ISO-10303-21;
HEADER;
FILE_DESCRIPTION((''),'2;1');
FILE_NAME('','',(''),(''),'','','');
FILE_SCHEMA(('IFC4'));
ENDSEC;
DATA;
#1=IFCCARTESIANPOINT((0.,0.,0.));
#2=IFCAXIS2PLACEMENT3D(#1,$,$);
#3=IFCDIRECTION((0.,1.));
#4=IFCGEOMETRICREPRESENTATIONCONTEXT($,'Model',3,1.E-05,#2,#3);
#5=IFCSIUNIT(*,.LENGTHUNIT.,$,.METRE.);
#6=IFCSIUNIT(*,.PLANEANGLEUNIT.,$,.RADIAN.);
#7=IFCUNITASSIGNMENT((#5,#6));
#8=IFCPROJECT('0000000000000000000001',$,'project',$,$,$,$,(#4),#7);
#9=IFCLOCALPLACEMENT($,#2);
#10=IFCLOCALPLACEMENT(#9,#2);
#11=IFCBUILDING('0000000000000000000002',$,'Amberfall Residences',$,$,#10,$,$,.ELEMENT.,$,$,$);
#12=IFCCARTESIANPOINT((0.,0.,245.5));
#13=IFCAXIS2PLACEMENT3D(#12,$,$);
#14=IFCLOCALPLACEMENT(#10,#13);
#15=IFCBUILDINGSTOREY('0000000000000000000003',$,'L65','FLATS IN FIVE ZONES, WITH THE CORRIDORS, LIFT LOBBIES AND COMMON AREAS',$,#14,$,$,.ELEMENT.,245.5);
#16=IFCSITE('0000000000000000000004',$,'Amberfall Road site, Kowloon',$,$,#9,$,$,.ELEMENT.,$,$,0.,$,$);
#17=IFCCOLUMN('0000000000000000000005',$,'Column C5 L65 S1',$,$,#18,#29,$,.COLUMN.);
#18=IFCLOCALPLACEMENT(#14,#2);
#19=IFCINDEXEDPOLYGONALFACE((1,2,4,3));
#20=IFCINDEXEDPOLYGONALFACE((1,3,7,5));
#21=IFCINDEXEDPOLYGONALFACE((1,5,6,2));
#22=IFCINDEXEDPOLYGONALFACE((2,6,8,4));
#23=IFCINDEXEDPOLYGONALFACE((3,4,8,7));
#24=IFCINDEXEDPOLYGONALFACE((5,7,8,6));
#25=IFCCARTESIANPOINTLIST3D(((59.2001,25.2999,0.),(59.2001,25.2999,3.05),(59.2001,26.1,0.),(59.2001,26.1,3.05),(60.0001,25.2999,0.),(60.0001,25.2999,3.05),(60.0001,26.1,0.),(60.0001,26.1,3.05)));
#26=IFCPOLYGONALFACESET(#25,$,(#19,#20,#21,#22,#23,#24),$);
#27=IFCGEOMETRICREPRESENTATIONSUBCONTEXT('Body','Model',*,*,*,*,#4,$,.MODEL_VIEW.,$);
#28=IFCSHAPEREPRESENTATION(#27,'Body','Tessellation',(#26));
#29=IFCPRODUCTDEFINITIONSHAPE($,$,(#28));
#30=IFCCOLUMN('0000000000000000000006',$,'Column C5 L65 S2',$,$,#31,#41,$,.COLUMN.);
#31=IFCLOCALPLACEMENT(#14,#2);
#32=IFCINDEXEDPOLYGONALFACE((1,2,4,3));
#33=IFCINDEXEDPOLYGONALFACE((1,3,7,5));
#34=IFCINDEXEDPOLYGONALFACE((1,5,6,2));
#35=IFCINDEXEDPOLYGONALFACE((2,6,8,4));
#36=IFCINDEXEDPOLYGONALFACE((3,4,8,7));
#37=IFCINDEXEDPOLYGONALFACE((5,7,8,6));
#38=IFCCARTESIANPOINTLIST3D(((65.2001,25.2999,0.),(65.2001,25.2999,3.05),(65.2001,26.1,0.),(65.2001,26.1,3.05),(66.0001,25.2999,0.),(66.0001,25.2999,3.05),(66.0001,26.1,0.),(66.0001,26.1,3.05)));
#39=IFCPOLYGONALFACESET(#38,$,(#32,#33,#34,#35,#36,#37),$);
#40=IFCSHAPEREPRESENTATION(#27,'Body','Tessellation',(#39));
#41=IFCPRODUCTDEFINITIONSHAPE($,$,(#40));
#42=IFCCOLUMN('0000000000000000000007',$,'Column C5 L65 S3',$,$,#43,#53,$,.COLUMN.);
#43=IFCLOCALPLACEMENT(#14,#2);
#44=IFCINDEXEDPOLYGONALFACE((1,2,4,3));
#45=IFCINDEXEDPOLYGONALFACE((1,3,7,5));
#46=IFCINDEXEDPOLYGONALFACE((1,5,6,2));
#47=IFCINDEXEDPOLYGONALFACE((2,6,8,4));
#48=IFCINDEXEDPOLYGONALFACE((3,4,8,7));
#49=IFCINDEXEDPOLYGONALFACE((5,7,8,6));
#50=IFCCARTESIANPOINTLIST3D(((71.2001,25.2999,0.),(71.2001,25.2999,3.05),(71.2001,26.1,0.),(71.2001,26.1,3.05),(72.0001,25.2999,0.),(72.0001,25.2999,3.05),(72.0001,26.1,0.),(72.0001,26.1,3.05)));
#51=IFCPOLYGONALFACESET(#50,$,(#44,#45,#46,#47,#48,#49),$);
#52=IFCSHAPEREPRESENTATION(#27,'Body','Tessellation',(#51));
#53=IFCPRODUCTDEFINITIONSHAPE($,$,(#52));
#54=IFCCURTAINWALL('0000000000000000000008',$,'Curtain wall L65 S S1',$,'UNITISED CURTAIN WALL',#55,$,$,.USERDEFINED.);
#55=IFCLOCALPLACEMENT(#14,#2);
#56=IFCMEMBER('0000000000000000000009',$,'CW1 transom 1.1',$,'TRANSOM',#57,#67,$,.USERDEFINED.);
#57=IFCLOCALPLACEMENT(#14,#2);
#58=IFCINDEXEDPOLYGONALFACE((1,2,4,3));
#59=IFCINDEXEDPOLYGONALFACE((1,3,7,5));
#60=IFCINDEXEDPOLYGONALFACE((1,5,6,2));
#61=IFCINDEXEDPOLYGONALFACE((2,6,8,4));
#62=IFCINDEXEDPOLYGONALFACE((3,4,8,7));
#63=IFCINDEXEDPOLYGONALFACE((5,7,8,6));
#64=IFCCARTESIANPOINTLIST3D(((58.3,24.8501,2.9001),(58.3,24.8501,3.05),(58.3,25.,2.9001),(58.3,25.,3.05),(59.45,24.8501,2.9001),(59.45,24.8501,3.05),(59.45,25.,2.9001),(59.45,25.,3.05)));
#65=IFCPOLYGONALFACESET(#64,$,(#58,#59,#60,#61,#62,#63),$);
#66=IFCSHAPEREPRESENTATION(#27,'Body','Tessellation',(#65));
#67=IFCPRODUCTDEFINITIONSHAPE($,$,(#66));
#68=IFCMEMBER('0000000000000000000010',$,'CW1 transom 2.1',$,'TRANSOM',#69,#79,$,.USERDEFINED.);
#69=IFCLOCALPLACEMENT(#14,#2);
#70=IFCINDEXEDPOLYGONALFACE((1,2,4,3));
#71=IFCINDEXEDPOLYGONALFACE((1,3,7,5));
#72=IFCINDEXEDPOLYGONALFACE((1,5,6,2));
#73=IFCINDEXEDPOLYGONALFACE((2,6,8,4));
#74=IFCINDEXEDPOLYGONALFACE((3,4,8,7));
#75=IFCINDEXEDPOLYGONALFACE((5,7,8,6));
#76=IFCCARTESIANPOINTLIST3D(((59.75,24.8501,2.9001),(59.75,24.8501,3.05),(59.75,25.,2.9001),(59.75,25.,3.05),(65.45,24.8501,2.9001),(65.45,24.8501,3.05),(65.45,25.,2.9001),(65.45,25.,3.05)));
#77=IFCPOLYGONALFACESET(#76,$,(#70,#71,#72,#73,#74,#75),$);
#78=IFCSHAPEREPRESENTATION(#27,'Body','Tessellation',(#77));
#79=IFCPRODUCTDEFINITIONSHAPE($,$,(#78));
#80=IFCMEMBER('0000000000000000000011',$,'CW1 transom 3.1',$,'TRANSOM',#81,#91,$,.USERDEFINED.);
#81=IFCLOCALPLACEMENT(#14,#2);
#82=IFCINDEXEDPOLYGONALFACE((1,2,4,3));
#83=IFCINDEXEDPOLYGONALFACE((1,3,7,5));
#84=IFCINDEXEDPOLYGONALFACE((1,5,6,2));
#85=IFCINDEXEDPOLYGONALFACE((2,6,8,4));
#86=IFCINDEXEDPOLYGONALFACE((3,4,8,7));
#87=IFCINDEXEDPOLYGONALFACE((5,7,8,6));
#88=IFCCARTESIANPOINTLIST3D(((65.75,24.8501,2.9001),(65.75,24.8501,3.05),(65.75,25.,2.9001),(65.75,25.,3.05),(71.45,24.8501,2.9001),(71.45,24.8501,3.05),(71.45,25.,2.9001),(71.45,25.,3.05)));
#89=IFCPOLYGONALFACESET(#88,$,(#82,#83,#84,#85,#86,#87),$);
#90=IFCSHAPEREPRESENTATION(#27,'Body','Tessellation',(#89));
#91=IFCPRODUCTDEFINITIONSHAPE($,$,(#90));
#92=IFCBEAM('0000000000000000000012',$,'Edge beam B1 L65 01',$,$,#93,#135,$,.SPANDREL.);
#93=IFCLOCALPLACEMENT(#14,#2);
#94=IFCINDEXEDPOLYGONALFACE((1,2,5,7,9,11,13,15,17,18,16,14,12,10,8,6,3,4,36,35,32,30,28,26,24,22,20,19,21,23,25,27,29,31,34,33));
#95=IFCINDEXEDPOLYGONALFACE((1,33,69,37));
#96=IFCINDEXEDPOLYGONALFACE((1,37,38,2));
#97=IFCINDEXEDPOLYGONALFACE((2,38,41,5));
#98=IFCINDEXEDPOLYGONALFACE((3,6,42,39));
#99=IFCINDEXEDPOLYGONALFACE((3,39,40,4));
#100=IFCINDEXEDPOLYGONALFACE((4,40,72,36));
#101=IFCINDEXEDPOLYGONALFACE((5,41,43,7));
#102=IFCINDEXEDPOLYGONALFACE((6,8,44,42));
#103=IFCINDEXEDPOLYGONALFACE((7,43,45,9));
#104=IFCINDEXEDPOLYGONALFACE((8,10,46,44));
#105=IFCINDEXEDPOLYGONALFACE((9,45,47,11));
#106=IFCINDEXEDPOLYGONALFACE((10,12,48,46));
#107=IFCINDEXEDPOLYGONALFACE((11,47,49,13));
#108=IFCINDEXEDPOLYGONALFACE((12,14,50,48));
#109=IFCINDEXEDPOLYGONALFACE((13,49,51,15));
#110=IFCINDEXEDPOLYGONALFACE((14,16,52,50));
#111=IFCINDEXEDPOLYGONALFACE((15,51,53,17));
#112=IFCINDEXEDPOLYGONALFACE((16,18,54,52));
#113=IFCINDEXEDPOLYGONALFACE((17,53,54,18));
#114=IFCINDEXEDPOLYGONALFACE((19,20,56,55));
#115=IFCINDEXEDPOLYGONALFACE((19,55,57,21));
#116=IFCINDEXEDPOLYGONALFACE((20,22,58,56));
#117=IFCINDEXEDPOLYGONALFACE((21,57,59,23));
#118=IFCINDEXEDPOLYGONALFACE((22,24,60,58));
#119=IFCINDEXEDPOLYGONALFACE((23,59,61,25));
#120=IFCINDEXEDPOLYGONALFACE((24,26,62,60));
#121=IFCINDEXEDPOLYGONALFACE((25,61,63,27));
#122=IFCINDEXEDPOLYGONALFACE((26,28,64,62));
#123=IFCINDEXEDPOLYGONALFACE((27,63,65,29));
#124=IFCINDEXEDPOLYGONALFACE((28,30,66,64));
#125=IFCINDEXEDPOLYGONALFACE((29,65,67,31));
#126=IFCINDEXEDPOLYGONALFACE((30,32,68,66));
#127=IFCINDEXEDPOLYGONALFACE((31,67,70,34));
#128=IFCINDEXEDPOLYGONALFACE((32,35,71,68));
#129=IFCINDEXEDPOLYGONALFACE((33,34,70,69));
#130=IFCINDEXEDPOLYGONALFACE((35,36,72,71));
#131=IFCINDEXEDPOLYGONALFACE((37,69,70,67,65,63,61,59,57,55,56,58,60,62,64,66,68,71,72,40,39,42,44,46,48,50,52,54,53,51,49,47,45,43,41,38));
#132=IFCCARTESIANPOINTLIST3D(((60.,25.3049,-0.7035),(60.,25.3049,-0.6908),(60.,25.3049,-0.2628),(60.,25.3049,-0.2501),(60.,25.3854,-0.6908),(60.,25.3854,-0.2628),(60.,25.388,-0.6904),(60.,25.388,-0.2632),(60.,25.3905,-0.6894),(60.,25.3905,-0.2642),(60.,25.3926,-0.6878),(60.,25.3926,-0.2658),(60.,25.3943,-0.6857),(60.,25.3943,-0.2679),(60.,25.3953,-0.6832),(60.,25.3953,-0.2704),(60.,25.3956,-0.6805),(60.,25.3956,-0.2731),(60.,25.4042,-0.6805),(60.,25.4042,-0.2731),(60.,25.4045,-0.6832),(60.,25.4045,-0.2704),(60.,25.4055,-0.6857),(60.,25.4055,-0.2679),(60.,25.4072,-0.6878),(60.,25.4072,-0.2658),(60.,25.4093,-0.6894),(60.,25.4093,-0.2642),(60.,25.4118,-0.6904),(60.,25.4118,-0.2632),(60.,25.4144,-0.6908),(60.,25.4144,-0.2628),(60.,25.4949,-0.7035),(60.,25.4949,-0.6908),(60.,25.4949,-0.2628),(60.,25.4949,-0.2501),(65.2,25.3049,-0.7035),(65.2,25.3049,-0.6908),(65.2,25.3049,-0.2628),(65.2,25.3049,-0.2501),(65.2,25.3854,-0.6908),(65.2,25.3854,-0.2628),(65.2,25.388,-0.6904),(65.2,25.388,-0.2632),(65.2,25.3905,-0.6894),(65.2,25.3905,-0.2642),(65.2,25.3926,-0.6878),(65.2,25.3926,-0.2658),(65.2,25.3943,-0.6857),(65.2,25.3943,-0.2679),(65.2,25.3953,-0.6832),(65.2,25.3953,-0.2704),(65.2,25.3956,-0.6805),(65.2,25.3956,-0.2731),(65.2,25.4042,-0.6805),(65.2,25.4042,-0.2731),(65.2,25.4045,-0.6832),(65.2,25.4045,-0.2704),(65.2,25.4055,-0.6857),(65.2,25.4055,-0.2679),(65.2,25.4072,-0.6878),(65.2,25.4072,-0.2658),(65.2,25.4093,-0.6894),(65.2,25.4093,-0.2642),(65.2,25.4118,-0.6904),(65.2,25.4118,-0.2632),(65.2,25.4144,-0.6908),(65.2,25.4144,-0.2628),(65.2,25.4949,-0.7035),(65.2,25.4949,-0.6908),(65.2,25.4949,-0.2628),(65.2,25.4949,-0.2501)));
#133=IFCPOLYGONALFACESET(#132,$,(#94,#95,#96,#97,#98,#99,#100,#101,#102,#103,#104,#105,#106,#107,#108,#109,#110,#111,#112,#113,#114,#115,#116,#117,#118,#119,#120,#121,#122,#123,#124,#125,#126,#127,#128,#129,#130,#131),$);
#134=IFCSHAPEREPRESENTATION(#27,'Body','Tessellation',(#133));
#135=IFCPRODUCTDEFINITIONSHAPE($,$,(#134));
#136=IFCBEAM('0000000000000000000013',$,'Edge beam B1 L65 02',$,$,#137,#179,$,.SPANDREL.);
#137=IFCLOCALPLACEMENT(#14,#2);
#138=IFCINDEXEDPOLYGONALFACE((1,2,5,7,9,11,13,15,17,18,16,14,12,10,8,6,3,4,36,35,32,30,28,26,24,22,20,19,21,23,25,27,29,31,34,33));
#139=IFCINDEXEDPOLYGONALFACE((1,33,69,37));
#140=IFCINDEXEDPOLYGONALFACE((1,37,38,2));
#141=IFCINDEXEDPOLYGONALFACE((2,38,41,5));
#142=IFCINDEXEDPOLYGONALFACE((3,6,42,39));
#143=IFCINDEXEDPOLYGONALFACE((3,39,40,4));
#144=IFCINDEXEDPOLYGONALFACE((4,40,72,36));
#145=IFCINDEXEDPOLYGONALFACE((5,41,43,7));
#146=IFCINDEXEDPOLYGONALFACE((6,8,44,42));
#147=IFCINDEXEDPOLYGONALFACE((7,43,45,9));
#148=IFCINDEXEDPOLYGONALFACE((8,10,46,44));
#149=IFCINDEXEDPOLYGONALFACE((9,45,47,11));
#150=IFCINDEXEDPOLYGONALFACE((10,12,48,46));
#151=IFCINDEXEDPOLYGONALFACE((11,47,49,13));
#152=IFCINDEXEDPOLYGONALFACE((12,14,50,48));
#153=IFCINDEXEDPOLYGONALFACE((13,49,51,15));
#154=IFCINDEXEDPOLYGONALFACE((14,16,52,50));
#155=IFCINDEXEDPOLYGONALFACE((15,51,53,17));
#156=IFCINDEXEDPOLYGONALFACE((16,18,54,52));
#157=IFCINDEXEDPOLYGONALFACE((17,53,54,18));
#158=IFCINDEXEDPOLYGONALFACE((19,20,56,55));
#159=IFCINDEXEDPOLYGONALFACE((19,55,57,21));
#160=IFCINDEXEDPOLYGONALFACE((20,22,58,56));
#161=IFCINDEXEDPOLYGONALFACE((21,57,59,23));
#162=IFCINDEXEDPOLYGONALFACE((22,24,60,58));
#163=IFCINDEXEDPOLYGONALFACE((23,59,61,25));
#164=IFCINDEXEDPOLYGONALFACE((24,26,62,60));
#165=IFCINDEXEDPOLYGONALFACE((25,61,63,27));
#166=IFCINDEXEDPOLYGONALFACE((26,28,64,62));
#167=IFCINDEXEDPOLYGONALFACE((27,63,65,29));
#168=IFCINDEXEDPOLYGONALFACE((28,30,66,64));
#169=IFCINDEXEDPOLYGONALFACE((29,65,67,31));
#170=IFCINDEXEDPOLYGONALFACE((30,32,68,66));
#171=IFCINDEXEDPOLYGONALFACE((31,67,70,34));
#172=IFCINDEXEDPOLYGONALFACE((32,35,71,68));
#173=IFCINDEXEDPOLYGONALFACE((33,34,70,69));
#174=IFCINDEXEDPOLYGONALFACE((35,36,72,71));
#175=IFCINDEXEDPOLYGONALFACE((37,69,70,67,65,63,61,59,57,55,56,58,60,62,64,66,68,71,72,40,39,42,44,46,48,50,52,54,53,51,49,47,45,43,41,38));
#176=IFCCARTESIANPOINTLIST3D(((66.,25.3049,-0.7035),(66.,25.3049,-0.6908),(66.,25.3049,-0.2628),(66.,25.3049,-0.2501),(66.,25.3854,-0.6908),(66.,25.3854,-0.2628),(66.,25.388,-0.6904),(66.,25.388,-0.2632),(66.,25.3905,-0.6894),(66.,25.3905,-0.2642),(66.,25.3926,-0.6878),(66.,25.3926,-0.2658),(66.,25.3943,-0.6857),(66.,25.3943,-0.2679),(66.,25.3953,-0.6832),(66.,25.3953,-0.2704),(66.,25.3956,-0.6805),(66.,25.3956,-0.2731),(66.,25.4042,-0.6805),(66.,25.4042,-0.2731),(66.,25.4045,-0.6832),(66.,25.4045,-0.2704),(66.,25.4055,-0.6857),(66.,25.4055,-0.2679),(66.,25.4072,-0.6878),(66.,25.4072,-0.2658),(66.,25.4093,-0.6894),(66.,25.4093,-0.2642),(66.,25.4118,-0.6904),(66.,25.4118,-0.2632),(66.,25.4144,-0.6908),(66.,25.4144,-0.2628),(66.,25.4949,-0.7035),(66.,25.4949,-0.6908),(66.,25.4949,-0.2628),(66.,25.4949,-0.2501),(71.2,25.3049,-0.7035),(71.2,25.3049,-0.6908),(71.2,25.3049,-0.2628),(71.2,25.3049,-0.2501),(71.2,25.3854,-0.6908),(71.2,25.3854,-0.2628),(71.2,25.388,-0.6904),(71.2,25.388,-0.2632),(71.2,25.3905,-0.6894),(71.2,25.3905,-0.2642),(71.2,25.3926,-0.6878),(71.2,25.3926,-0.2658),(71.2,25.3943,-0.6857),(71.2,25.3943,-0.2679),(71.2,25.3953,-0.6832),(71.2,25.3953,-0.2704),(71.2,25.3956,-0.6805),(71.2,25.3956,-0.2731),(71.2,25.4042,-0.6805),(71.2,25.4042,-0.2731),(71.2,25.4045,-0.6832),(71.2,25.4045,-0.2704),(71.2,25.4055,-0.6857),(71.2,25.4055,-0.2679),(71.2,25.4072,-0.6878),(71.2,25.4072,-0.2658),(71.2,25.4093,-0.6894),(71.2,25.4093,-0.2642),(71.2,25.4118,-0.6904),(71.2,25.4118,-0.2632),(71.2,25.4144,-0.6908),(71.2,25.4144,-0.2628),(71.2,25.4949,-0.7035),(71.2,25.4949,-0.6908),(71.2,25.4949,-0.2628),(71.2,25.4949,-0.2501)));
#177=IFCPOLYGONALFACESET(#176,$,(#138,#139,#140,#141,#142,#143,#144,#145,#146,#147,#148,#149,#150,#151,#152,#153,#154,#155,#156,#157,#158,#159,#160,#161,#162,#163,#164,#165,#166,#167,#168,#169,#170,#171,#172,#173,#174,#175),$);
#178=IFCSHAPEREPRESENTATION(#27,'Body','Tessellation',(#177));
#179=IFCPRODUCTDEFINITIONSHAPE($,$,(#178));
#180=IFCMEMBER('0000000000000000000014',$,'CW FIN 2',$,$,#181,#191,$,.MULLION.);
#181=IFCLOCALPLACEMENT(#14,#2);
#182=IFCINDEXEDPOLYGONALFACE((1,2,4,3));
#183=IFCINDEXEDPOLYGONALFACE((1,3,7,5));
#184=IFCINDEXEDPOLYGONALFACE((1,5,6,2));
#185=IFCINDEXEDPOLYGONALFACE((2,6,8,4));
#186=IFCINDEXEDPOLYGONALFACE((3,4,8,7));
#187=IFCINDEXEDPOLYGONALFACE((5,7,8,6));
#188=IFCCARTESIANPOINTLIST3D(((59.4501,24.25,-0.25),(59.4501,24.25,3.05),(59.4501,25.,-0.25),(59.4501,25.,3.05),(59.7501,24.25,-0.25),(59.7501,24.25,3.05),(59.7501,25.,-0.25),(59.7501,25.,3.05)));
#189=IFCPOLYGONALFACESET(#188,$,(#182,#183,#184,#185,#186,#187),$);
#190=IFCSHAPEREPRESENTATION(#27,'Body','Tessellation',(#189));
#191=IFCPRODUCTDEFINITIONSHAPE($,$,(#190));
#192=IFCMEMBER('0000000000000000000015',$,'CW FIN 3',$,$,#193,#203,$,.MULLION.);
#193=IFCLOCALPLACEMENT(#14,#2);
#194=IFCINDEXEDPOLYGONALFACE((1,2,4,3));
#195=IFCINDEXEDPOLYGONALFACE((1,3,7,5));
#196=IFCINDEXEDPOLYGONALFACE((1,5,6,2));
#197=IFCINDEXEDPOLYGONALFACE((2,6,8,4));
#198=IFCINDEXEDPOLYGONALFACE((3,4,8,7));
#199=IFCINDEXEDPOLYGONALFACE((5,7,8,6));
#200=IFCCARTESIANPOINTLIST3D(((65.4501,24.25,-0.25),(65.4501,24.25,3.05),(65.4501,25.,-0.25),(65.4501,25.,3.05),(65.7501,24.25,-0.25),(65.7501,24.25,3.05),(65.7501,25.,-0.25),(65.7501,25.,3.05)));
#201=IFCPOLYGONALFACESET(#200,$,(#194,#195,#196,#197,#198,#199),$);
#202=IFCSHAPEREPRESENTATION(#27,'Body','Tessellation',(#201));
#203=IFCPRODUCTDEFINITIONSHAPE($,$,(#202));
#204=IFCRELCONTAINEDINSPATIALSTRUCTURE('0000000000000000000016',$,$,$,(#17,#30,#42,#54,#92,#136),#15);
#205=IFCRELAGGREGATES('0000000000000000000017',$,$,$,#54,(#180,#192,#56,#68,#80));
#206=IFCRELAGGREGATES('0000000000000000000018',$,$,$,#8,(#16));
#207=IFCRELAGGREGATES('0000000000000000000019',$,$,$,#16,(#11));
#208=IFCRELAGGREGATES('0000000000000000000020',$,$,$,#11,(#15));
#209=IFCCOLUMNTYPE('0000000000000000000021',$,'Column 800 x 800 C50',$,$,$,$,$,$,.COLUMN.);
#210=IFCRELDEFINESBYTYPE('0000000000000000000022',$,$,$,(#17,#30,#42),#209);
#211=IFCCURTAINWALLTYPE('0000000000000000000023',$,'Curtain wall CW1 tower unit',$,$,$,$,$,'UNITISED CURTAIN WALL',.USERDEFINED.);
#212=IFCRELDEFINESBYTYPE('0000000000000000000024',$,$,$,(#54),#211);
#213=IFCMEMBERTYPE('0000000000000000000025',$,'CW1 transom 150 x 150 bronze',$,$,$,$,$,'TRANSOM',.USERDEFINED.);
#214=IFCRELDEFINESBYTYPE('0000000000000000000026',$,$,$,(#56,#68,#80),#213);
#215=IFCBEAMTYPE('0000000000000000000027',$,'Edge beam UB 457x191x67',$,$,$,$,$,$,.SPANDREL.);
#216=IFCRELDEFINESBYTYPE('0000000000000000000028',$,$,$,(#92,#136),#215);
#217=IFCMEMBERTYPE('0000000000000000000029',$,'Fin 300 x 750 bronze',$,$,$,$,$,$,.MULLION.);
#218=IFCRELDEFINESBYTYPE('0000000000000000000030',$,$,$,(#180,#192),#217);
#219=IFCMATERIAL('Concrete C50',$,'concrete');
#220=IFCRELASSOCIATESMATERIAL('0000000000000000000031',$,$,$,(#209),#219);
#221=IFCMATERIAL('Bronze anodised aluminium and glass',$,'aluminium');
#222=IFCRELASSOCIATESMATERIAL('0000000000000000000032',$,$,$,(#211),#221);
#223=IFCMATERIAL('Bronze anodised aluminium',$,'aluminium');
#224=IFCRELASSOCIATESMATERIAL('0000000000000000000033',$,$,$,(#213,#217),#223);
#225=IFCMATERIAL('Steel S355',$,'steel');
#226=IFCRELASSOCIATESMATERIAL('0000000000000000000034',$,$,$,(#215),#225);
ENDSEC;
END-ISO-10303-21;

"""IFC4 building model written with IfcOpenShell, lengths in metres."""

from ifc_helpers import new_model, si_unit, direction, frame, origin, origin_2d, place, context, subcontext, project, spatial, rectangle, i_section, extrude, material, material_profile, profile_set, type_object, element, aggregate, save


model = new_model("IFC4")

# Units and contexts
model_context = context("Model", 3, precision=1e-05, world=origin(), true_north=direction((0.0, 1.0)))
body_context = subcontext(model_context, "Body", "Model", "MODEL_VIEW")
ifc_project = project(units=[si_unit("LENGTHUNIT", "METRE"), si_unit("PLANEANGLEUNIT", "RADIAN")], contexts=[model_context])

# Site, building, storey
site_placement = place(None, origin())
site = spatial("IfcSite", under=ifc_project, at=site_placement, Name="Amberfall Road site, Kowloon", CompositionType="ELEMENT", RefElevation=0.0)
building_placement = place(site_placement, origin())
building = spatial("IfcBuilding", under=site, at=building_placement, Name="Amberfall Residences", CompositionType="ELEMENT")
storey_placement = place(building_placement, frame((0.0, 0.0, 245.5)))
storey = spatial("IfcBuildingStorey", under=building, at=storey_placement, Name="L65", Description="FLATS IN FIVE ZONES, WITH THE CORRIDORS, LIFT LOBBIES AND COMMON AREAS", CompositionType="ELEMENT", Elevation=245.5)

# Columns
ifc_material_1 = material(Name="Concrete C50", Category="concrete")
ifc_material_profile_1 = material_profile(ifc_material_1, rectangle(XDim=0.8, YDim=0.8, at=origin_2d()), Name="Column 800 x 800 C50")
ifc_profile_set_1 = profile_set([ifc_material_profile_1], Name="Concrete C50")
column_type = type_object("IfcColumnType", Name="Column 800 x 800 C50", PredefinedType="COLUMN", material=ifc_profile_set_1)
for number, where, z_axis, x_axis, name in (
    (1, (59.6001, 25.7, 0.0), (0.0, 0.0, 1.0), (1.0, 0.0, 0.0), "Column C5 L65 S1"),
    (2, (65.6001, 25.7, 0.0), (0.0, 0.0, 1.0), (1.0, 0.0, 0.0), "Column C5 L65 S2"),
    (3, (71.6001, 25.7, 0.0), (0.0, 0.0, 1.0), (1.0, 0.0, 0.0), "Column C5 L65 S3"),
):
    element("IfcColumn", number, at=place(storey_placement, frame(where, z_axis=z_axis, x_axis=x_axis)), inside=storey, type_object=column_type, Name=name, PredefinedType="COLUMN", context=body_context, shape_type="SweptSolid", body=[
        extrude(rectangle(XDim=0.8, YDim=0.8, at=origin_2d()), origin(), (0.0, 0.0, 1.0), 3.05),
    ])

# Curtain wall, members
ifc_material_2 = material(Name="Bronze anodised aluminium and glass", Category="aluminium")
curtain_wall_type = type_object("IfcCurtainWallType", Name="Curtain wall CW1 tower unit", ElementType="UNITISED CURTAIN WALL", PredefinedType="USERDEFINED", material=ifc_material_2)
curtain_wall_placement = place(storey_placement, origin())
curtain_wall = element("IfcCurtainWall", 4, at=curtain_wall_placement, inside=storey, type_object=curtain_wall_type, Name="Curtain wall L65 S S1", ObjectType="UNITISED CURTAIN WALL", PredefinedType="USERDEFINED")
ifc_material_3 = material(Name="Bronze anodised aluminium", Category="aluminium")
ifc_material_profile_2 = material_profile(ifc_material_3, rectangle(XDim=0.1499, YDim=0.1499, at=origin_2d()), Name="CW1 transom 150 x 150 bronze")
ifc_profile_set_2 = profile_set([ifc_material_profile_2], Name="Bronze anodised aluminium")
member_type_1 = type_object("IfcMemberType", Name="CW1 transom 150 x 150 bronze", ElementType="TRANSOM", PredefinedType="USERDEFINED", material=ifc_profile_set_2)
member_1_placement = place(storey_placement, frame((58.3, 24.925, 2.9751), z_axis=(1.0, 0.0, 0.0), x_axis=(0.0, 1.0, 0.0)))
member_1 = element("IfcMember", 5, at=member_1_placement, type_object=member_type_1, Name="CW1 transom 1.1", ObjectType="TRANSOM", PredefinedType="USERDEFINED", context=body_context, shape_type="SweptSolid", body=[
    extrude(rectangle(XDim=0.1499, YDim=0.1499, at=origin_2d()), origin(), (0.0, 0.0, 1.0), 1.1499),
])
member_2_placement = place(storey_placement, frame((59.75, 24.925, 2.9751), z_axis=(1.0, 0.0, 0.0), x_axis=(0.0, 1.0, 0.0)))
member_2 = element("IfcMember", 6, at=member_2_placement, type_object=member_type_1, Name="CW1 transom 2.1", ObjectType="TRANSOM", PredefinedType="USERDEFINED", context=body_context, shape_type="SweptSolid", body=[
    extrude(rectangle(XDim=0.1499, YDim=0.1499, at=origin_2d()), origin(), (0.0, 0.0, 1.0), 5.7),
])
member_3_placement = place(storey_placement, frame((65.75, 24.925, 2.9751), z_axis=(1.0, 0.0, 0.0), x_axis=(0.0, 1.0, 0.0)))
member_3 = element("IfcMember", 7, at=member_3_placement, type_object=member_type_1, Name="CW1 transom 3.1", ObjectType="TRANSOM", PredefinedType="USERDEFINED", context=body_context, shape_type="SweptSolid", body=[
    extrude(rectangle(XDim=0.1499, YDim=0.1499, at=origin_2d()), origin(), (0.0, 0.0, 1.0), 5.7),
])

# Beams
ifc_material_4 = material(Name="Steel S355", Category="steel")
ifc_material_profile_3 = material_profile(ifc_material_4, i_section(OverallWidth=0.1899, OverallDepth=0.4534, WebThickness=0.0085, FlangeThickness=0.0127, FilletRadius=0.0103, at=origin_2d()), Name="UB 457x191x67")
ifc_profile_set_3 = profile_set([ifc_material_profile_3], Name="Steel S355")
beam_type_1 = type_object("IfcBeamType", Name="Edge beam UB 457x191x67", PredefinedType="SPANDREL", material=ifc_profile_set_3)
for number, where, z_axis, x_axis, name in (
    (8, (60.0, 25.3999, -0.4768), (1.0, 0.0, 0.0), (0.0, 1.0, 0.0), "Edge beam B1 L65 01"),
    (9, (66.0, 25.3999, -0.4768), (1.0, 0.0, 0.0), (0.0, 1.0, 0.0), "Edge beam B1 L65 02"),
):
    element("IfcBeam", number, at=place(storey_placement, frame(where, z_axis=z_axis, x_axis=x_axis)), inside=storey, type_object=beam_type_1, Name=name, PredefinedType="SPANDREL", context=body_context, shape_type="SweptSolid", body=[
        extrude(i_section(OverallWidth=0.1899, OverallDepth=0.4534, WebThickness=0.0085, FlangeThickness=0.0127, FilletRadius=0.0103, at=origin_2d()), origin(), (0.0, 0.0, 1.0), 5.2),
    ])

# Members
ifc_material_profile_4 = material_profile(ifc_material_3, rectangle(XDim=0.75, YDim=0.3, at=origin_2d()), Name="Fin 300 x 750 bronze")
ifc_profile_set_4 = profile_set([ifc_material_profile_4], Name="Bronze anodised aluminium")
member_type_2 = type_object("IfcMemberType", Name="Fin 300 x 750 bronze", PredefinedType="MULLION", material=ifc_profile_set_4)
member_4_placement = place(storey_placement, frame((59.6001, 24.625, -0.25), z_axis=(0.0, 0.0, 1.0), x_axis=(0.0, 1.0, 0.0)))
member_4 = element("IfcMember", 10, at=member_4_placement, type_object=member_type_2, Name="CW FIN 2", PredefinedType="MULLION", context=body_context, shape_type="SweptSolid", body=[
    extrude(rectangle(XDim=0.75, YDim=0.3, at=origin_2d()), origin(), (0.0, 0.0, 1.0), 3.3),
])
member_5_placement = place(storey_placement, frame((65.6001, 24.625, -0.25), z_axis=(0.0, 0.0, 1.0), x_axis=(0.0, 1.0, 0.0)))
member_5 = element("IfcMember", 11, at=member_5_placement, type_object=member_type_2, Name="CW FIN 3", PredefinedType="MULLION", context=body_context, shape_type="SweptSolid", body=[
    extrude(rectangle(XDim=0.75, YDim=0.3, at=origin_2d()), origin(), (0.0, 0.0, 1.0), 3.3),
])

aggregate(curtain_wall, [member_4, member_5, member_1, member_2, member_3])

save(model, "model.ifc")
